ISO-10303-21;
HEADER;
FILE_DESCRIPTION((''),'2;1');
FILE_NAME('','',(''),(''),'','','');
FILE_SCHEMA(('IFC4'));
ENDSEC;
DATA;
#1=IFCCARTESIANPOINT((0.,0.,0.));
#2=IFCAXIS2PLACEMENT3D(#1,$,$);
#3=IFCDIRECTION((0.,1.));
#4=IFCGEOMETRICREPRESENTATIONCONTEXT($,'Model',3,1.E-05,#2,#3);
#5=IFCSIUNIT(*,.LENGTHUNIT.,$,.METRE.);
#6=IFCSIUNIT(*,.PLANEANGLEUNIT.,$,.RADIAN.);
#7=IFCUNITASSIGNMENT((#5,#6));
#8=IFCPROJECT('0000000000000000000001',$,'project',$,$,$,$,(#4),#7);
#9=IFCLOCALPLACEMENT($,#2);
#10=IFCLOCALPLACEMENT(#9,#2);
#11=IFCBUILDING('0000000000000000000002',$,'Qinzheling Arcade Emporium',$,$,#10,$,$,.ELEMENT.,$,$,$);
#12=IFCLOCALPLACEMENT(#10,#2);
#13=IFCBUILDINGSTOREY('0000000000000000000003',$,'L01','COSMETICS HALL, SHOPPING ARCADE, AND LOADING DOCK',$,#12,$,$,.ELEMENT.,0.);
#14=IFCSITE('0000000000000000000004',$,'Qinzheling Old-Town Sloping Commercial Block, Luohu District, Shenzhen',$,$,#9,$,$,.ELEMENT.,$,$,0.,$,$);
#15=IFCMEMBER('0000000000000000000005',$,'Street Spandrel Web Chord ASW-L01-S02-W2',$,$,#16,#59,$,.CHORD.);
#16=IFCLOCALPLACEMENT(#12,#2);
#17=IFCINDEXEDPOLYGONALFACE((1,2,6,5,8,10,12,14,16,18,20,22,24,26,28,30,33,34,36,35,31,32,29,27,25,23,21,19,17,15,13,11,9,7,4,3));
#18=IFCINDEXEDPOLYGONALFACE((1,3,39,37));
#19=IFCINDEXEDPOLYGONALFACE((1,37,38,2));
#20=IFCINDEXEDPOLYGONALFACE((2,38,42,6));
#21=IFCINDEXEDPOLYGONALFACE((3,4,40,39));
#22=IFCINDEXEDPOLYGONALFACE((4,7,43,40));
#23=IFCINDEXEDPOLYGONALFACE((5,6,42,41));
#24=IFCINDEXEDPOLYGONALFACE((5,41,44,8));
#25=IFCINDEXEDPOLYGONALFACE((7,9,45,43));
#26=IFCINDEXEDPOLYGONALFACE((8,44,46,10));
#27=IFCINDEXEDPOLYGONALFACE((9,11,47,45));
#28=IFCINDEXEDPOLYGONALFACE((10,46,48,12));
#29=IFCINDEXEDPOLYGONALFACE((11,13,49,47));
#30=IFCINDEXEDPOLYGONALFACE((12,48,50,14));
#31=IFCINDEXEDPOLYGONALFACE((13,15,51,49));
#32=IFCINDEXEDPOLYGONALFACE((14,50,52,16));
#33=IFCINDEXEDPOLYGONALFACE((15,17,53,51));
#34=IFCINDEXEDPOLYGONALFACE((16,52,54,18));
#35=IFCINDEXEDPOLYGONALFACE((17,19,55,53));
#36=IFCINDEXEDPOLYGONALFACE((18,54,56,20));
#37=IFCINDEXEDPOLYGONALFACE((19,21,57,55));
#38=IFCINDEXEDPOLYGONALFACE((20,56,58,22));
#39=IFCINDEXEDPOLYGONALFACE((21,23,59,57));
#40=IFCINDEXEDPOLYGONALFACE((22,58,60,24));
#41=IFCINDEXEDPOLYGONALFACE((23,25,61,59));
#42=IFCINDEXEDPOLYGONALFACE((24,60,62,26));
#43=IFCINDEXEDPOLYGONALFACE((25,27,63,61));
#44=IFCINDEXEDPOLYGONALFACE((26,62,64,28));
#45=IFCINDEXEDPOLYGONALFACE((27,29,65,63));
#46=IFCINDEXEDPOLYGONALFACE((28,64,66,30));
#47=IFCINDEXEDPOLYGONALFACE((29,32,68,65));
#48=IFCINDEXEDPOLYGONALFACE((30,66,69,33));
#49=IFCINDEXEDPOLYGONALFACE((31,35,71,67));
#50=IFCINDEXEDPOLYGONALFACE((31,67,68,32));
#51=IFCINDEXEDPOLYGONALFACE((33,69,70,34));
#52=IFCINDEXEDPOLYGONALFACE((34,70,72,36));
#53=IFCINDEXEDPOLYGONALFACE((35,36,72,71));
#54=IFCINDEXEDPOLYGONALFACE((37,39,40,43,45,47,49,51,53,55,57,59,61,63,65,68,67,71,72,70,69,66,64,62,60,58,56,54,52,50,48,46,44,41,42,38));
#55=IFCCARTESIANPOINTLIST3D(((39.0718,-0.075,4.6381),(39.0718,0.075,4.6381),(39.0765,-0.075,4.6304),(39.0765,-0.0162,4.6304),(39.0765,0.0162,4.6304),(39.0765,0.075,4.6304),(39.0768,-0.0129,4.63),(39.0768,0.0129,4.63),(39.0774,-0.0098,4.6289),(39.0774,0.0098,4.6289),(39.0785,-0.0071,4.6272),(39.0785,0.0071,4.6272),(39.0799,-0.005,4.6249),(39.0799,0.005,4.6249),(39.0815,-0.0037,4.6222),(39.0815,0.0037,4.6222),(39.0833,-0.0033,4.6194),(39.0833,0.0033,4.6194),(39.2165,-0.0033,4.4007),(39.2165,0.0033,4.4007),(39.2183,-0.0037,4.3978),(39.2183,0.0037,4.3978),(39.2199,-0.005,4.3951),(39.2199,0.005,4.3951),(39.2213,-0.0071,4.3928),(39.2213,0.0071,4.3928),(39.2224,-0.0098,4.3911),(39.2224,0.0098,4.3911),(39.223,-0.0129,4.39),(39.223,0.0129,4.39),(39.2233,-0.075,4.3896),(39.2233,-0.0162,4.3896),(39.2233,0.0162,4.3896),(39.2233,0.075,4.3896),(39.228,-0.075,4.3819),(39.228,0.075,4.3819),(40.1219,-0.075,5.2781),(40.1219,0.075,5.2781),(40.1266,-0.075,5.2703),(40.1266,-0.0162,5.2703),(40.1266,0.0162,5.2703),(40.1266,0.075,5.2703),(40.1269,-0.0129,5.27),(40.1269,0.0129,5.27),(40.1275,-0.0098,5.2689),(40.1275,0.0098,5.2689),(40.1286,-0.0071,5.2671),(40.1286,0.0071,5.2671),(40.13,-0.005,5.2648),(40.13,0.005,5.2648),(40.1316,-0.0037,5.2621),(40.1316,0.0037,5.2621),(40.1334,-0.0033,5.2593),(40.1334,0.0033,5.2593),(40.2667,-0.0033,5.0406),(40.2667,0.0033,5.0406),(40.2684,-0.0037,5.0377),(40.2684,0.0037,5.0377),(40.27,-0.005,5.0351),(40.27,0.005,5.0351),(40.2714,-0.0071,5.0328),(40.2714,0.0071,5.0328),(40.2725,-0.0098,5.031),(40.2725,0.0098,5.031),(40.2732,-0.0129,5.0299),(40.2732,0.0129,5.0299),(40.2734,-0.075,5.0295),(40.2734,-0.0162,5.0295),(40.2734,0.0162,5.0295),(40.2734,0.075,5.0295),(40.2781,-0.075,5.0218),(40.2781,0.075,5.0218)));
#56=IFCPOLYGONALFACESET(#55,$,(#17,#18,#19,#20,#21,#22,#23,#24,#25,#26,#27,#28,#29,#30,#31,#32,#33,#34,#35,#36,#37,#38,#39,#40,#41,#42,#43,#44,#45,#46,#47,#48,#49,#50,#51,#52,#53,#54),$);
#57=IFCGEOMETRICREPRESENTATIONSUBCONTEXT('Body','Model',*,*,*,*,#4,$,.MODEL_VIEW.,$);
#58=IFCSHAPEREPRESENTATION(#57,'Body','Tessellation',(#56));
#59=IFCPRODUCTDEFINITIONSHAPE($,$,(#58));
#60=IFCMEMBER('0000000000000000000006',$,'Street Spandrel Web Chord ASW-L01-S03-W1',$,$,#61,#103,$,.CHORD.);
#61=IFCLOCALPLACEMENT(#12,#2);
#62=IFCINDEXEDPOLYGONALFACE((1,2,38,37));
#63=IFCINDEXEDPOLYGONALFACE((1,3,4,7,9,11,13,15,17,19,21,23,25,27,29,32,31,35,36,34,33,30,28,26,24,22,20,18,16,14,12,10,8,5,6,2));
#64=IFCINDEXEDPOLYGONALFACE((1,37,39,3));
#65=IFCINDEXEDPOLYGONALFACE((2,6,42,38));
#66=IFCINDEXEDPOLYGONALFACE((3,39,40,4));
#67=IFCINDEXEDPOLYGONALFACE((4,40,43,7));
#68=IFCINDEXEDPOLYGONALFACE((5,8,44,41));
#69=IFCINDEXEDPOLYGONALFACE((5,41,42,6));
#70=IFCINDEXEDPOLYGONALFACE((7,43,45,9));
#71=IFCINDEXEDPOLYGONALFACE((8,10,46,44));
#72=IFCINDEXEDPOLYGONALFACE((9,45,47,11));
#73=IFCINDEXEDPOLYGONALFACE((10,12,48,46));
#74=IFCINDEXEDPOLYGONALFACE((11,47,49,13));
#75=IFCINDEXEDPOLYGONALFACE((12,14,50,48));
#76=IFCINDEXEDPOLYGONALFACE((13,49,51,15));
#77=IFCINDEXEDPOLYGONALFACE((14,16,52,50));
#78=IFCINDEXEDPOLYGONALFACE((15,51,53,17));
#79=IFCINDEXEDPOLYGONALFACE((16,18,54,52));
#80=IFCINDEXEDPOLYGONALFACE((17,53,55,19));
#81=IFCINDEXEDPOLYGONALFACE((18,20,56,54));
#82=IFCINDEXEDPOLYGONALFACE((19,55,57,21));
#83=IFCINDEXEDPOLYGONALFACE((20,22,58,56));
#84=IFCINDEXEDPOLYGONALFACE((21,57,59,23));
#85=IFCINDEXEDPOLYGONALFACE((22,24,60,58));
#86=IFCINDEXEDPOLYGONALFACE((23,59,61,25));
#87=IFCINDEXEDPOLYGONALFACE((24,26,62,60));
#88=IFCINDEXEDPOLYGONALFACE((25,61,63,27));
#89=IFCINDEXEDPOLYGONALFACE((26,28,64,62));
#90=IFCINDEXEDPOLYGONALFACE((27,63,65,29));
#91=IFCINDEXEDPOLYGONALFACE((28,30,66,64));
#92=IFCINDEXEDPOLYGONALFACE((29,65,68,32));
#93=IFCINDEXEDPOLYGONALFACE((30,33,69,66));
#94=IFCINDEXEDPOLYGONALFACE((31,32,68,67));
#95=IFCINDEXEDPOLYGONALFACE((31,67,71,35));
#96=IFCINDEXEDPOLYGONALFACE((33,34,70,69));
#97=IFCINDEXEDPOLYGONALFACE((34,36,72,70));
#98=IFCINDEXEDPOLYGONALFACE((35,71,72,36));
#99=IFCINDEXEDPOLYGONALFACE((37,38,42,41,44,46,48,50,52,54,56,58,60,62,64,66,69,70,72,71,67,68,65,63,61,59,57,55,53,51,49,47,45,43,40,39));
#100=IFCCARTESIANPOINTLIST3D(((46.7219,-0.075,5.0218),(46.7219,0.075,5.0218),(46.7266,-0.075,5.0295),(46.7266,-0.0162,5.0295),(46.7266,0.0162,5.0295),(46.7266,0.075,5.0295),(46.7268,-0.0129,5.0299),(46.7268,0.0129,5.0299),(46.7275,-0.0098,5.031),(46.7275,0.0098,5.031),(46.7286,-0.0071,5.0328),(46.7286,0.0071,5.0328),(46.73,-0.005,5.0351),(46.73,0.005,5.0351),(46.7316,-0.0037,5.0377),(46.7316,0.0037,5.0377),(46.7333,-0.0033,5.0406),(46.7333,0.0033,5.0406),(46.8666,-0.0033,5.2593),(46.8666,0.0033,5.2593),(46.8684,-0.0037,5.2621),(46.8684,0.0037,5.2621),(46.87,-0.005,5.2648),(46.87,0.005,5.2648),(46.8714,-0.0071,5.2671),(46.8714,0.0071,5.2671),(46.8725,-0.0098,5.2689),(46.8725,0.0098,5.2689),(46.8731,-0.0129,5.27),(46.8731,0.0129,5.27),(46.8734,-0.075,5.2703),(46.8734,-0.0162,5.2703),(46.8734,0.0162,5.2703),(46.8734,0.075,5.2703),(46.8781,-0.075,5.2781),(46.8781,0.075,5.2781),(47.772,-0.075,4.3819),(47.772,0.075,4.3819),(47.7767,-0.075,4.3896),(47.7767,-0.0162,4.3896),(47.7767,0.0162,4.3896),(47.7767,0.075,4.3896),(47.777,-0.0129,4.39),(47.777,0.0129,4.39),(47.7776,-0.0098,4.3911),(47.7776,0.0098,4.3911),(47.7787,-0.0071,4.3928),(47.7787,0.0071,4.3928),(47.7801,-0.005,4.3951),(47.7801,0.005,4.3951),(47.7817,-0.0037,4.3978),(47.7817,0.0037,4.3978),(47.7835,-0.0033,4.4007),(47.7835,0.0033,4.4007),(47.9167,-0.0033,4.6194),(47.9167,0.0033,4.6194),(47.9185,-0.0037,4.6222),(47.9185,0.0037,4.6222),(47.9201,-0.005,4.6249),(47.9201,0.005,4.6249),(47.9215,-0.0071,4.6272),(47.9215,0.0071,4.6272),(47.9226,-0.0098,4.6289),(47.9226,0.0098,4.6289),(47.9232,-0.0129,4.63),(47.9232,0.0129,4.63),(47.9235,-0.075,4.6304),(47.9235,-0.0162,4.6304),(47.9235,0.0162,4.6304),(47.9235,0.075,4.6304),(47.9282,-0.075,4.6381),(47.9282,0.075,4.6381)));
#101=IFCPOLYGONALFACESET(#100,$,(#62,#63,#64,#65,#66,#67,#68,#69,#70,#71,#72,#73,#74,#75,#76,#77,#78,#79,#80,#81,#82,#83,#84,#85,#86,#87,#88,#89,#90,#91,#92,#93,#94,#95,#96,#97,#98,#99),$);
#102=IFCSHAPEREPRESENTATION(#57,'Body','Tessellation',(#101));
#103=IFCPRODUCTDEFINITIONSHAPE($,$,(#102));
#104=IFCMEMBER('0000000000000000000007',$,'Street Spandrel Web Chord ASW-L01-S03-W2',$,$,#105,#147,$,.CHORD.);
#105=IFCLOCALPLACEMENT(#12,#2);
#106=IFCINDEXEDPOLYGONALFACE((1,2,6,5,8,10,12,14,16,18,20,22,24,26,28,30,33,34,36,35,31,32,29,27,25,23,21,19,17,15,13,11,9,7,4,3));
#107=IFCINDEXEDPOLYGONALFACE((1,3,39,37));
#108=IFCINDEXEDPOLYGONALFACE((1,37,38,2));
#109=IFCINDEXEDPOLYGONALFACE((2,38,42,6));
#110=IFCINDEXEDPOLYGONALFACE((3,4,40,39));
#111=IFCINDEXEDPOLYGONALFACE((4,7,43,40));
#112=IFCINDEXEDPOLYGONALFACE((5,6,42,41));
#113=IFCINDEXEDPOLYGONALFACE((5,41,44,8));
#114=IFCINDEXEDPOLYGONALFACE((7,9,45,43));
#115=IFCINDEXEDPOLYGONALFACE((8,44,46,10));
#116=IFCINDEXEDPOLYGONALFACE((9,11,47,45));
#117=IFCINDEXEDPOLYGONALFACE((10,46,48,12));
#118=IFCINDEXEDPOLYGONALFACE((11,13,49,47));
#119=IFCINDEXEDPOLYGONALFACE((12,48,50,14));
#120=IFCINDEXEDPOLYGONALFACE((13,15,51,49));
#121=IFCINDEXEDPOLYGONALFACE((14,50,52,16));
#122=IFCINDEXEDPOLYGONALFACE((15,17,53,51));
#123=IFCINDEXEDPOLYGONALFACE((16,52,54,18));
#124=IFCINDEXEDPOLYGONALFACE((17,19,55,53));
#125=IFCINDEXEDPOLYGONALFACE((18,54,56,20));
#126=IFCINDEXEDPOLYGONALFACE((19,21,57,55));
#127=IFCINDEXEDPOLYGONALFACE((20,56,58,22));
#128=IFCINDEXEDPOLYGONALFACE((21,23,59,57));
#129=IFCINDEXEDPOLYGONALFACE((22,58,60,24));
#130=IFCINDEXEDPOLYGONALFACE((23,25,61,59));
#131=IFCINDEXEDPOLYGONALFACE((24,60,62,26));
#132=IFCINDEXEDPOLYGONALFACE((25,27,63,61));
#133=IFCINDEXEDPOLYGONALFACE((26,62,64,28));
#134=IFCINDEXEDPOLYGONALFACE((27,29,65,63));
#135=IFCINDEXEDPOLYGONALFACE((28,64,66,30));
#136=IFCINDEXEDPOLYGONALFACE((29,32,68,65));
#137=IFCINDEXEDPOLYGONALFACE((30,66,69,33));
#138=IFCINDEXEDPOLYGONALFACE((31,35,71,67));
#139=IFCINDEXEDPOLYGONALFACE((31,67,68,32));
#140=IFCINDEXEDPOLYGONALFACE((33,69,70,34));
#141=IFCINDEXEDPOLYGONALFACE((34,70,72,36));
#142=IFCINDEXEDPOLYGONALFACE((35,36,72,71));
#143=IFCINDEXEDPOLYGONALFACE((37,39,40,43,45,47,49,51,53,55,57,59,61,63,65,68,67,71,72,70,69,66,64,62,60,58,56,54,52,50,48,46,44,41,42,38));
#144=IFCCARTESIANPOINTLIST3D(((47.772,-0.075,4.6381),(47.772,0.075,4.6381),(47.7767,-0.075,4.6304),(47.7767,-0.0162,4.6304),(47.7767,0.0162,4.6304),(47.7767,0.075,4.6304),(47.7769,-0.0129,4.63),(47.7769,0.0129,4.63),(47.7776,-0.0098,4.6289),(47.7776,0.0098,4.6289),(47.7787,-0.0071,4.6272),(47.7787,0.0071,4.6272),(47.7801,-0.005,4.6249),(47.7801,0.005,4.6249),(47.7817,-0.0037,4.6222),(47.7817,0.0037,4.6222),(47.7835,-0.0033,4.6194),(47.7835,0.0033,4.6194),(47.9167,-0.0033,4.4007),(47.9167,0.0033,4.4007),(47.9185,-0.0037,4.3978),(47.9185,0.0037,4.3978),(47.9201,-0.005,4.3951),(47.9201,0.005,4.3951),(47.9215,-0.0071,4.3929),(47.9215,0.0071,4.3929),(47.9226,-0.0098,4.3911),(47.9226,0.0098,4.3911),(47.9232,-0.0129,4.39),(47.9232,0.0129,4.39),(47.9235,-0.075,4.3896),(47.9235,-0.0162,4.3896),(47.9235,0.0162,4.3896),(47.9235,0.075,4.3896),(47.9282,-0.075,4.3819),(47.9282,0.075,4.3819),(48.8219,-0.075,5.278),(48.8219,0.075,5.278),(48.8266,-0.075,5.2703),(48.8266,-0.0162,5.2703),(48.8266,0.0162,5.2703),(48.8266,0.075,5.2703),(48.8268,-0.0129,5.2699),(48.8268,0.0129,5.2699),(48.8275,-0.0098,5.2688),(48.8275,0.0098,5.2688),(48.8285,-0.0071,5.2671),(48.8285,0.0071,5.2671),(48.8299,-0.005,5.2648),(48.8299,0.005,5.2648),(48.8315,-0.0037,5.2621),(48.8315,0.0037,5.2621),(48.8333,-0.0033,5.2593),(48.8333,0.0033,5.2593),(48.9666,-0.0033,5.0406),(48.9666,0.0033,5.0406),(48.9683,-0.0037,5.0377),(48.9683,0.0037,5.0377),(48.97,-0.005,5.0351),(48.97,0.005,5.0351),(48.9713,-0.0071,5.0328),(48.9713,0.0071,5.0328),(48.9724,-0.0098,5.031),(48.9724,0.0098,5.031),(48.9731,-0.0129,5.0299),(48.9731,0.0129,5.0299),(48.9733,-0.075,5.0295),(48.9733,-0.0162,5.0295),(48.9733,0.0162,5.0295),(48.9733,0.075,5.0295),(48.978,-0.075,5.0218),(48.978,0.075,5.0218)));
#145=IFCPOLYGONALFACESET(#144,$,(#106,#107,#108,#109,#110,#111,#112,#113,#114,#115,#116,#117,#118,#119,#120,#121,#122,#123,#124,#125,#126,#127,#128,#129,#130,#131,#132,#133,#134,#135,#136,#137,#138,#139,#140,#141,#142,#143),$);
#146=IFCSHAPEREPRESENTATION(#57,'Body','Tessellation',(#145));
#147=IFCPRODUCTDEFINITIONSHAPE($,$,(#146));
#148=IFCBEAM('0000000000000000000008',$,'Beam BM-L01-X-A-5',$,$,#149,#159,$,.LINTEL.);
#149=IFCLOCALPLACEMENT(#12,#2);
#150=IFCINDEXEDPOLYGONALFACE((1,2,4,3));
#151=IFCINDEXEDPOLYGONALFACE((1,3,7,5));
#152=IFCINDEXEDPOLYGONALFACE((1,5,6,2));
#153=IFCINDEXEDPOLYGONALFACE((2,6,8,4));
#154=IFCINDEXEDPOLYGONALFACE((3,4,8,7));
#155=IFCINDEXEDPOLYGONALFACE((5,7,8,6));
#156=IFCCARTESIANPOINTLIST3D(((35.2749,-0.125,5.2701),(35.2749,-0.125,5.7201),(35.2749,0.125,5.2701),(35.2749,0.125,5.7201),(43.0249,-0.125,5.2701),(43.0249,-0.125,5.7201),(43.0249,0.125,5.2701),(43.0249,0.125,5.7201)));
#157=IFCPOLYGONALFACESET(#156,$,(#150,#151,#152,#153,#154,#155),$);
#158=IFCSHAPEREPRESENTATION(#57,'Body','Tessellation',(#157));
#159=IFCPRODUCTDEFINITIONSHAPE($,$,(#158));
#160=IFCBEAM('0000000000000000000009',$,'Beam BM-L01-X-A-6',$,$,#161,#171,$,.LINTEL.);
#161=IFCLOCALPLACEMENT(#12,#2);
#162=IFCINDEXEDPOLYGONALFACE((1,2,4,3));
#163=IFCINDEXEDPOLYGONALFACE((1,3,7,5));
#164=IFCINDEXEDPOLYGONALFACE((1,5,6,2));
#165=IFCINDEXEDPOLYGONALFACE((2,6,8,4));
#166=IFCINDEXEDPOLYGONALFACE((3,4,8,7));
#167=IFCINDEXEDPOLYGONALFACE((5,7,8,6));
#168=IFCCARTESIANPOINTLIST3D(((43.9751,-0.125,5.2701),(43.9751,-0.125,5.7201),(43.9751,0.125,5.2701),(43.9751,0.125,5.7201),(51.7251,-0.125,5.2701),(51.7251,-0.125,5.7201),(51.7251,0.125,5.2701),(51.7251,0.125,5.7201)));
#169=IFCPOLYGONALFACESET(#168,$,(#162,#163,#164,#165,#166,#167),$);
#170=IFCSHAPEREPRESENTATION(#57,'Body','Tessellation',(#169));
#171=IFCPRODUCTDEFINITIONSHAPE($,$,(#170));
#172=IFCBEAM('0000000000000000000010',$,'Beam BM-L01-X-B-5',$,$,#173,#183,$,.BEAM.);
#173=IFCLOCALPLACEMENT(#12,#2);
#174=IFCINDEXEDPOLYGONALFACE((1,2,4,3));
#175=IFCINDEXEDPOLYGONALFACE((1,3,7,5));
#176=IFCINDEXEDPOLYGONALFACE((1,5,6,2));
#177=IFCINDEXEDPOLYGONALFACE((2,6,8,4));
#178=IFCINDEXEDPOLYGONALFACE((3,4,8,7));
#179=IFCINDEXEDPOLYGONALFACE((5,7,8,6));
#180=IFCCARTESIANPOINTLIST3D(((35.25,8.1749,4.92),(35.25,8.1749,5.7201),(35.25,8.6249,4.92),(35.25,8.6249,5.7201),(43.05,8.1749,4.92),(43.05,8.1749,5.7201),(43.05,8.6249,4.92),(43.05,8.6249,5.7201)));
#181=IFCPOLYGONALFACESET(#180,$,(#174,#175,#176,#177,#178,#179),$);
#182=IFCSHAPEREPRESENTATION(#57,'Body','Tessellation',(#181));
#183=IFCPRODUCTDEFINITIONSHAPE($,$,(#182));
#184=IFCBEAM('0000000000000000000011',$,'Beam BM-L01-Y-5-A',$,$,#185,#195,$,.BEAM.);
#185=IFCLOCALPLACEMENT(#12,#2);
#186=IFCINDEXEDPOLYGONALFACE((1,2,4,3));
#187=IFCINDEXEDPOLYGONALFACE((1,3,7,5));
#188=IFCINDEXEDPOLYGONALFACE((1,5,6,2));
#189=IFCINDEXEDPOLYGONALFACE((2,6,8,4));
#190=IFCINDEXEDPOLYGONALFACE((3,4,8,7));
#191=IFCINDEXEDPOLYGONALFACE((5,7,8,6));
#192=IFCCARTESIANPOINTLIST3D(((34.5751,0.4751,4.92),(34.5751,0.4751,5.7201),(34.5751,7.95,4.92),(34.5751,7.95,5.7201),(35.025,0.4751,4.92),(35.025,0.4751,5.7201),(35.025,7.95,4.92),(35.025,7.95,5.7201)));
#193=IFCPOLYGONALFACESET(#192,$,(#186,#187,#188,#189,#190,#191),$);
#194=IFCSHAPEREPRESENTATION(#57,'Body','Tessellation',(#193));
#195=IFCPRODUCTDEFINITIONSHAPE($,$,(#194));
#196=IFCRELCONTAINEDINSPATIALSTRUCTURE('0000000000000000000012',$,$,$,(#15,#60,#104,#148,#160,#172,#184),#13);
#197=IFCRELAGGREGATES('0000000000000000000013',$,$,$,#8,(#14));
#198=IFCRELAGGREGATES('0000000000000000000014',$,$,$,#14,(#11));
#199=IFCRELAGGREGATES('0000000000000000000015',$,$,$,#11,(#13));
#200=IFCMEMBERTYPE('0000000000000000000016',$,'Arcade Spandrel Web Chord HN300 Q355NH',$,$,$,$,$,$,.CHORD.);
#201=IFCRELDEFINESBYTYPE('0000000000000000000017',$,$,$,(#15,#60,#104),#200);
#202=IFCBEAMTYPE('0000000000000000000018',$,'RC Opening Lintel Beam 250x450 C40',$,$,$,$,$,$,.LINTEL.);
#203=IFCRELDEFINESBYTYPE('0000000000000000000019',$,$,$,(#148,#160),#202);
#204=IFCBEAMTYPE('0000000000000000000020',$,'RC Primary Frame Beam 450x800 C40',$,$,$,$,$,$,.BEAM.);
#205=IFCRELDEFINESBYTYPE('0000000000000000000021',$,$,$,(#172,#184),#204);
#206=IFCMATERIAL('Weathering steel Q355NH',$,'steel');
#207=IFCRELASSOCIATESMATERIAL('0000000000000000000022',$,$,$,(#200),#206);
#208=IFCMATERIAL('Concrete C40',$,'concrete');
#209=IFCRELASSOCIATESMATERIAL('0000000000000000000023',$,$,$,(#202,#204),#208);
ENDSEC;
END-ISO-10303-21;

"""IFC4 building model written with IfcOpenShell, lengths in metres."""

from ifc_helpers import new_model, si_unit, direction, frame, origin, origin_2d, place, context, subcontext, project, spatial, rectangle, i_section, extrude, material, material_profile, profile_set, type_object, element, save


model = new_model("IFC4")

# Units and contexts
model_context = context("Model", 3, precision=1e-05, world=origin(), true_north=direction((0.0, 1.0)))
body_context = subcontext(model_context, "Body", "Model", "MODEL_VIEW")
ifc_project = project(units=[si_unit("LENGTHUNIT", "METRE"), si_unit("PLANEANGLEUNIT", "RADIAN")], contexts=[model_context])

# Site, building, storey
site_placement = place(None, origin())
site = spatial("IfcSite", under=ifc_project, at=site_placement, Name="Qinzheling Old-Town Sloping Commercial Block, Luohu District, Shenzhen", CompositionType="ELEMENT", RefElevation=0.0)
building_placement = place(site_placement, origin())
building = spatial("IfcBuilding", under=site, at=building_placement, Name="Qinzheling Arcade Emporium", CompositionType="ELEMENT")
storey_placement = place(building_placement, origin())
storey = spatial("IfcBuildingStorey", under=building, at=storey_placement, Name="L01", Description="COSMETICS HALL, SHOPPING ARCADE, AND LOADING DOCK", CompositionType="ELEMENT", Elevation=0.0)

# Shared definitions
ifc_material_1 = material(Name="Weathering steel Q355NH", Category="steel")

# Members
ifc_material_profile_1 = material_profile(ifc_material_1, i_section(OverallWidth=0.1499, OverallDepth=0.3, WebThickness=0.0066, FlangeThickness=0.009, FilletRadius=0.0129, at=origin_2d()), Name="HN 300x150x6.5x9", Category="steel")
ifc_profile_set_1 = profile_set([ifc_material_profile_1], Name="Weathering steel Q355NH")
member_type = type_object("IfcMemberType", Name="Arcade Spandrel Web Chord HN300 Q355NH", PredefinedType="CHORD", material=ifc_profile_set_1)
for number, where, z_axis, x_axis, name in (
    (1, (39.1499, 0.0, 4.51), (0.853934, 0.0, 0.520381), (0.0, 1.0, 0.0), "Street Spandrel Web Chord ASW-L01-S02-W2"),
    (2, (47.8501, 0.0, 4.51), (-0.853934, 0.0, 0.520381), (0.0, -1.0, 0.0), "Street Spandrel Web Chord ASW-L01-S03-W1"),
):
    element("IfcMember", number, at=place(storey_placement, frame(where, z_axis=z_axis, x_axis=x_axis)), inside=storey, type_object=member_type, Name=name, PredefinedType="CHORD", context=body_context, shape_type="SweptSolid", body=[
        extrude(i_section(OverallWidth=0.1499, OverallDepth=0.3, WebThickness=0.0066, FlangeThickness=0.009, FilletRadius=0.0129, at=origin_2d()), origin(), (0.0, 0.0, 1.0), 1.2297),
    ])
member_1_placement = place(storey_placement, frame((47.8501, 0.0, 4.51), z_axis=(0.85388, 0.0, 0.52047), x_axis=(0.0, 1.0, 0.0)))
element("IfcMember", 3, at=member_1_placement, inside=storey, type_object=member_type, Name="Street Spandrel Web Chord ASW-L01-S03-W2", PredefinedType="CHORD", context=body_context, shape_type="SweptSolid", body=[
    extrude(i_section(OverallWidth=0.1499, OverallDepth=0.3, WebThickness=0.0066, FlangeThickness=0.009, FilletRadius=0.0129, at=origin_2d()), origin(), (0.0, 0.0, 1.0), 1.2295),
])

# Beams
ifc_material_2 = material(Name="Concrete C40", Category="concrete")
ifc_material_profile_2 = material_profile(ifc_material_2, rectangle(XDim=0.25, YDim=0.45, at=origin_2d()), Name="RC 250x450", Category="concrete")
ifc_profile_set_2 = profile_set([ifc_material_profile_2], Name="Concrete C40")
beam_type_1 = type_object("IfcBeamType", Name="RC Opening Lintel Beam 250x450 C40", PredefinedType="LINTEL", material=ifc_profile_set_2)
for number, where, z_axis, x_axis, name in (
    (4, (35.2749, 0.0, 5.4951), (1.0, 0.0, 0.0), (0.0, 1.0, 0.0), "Beam BM-L01-X-A-5"),
    (5, (43.9751, 0.0, 5.4951), (1.0, 0.0, 0.0), (0.0, 1.0, 0.0), "Beam BM-L01-X-A-6"),
):
    element("IfcBeam", number, at=place(storey_placement, frame(where, z_axis=z_axis, x_axis=x_axis)), inside=storey, type_object=beam_type_1, Name=name, PredefinedType="LINTEL", context=body_context, shape_type="SweptSolid", body=[
        extrude(rectangle(XDim=0.25, YDim=0.45, at=origin_2d()), origin(), (0.0, 0.0, 1.0), 7.75),
    ])
ifc_material_profile_3 = material_profile(ifc_material_2, rectangle(XDim=0.45, YDim=0.8, at=origin_2d()), Name="RC 450x800", Category="concrete")
ifc_profile_set_3 = profile_set([ifc_material_profile_3], Name="Concrete C40")
beam_type_2 = type_object("IfcBeamType", Name="RC Primary Frame Beam 450x800 C40", PredefinedType="BEAM", material=ifc_profile_set_3)
beam_1_placement = place(storey_placement, frame((35.25, 8.3999, 5.3201), z_axis=(1.0, 0.0, 0.0), x_axis=(0.0, 1.0, 0.0)))
element("IfcBeam", 6, at=beam_1_placement, inside=storey, type_object=beam_type_2, Name="Beam BM-L01-X-B-5", PredefinedType="BEAM", context=body_context, shape_type="SweptSolid", body=[
    extrude(rectangle(XDim=0.45, YDim=0.8, at=origin_2d()), origin(), (0.0, 0.0, 1.0), 7.8),
])
for number, where, z_axis, x_axis, name in (
    (7, (34.8, 0.4751, 5.3201), (0.0, 1.0, 0.0), (-1.0, 0.0, 0.0), "Beam BM-L01-Y-5-A"),
):
    element("IfcBeam", number, at=place(storey_placement, frame(where, z_axis=z_axis, x_axis=x_axis)), inside=storey, type_object=beam_type_2, Name=name, PredefinedType="BEAM", context=body_context, shape_type="SweptSolid", body=[
        extrude(rectangle(XDim=0.45, YDim=0.8, at=origin_2d()), origin(), (0.0, 0.0, 1.0), 7.4749),
    ])

save(model, "model.ifc")
